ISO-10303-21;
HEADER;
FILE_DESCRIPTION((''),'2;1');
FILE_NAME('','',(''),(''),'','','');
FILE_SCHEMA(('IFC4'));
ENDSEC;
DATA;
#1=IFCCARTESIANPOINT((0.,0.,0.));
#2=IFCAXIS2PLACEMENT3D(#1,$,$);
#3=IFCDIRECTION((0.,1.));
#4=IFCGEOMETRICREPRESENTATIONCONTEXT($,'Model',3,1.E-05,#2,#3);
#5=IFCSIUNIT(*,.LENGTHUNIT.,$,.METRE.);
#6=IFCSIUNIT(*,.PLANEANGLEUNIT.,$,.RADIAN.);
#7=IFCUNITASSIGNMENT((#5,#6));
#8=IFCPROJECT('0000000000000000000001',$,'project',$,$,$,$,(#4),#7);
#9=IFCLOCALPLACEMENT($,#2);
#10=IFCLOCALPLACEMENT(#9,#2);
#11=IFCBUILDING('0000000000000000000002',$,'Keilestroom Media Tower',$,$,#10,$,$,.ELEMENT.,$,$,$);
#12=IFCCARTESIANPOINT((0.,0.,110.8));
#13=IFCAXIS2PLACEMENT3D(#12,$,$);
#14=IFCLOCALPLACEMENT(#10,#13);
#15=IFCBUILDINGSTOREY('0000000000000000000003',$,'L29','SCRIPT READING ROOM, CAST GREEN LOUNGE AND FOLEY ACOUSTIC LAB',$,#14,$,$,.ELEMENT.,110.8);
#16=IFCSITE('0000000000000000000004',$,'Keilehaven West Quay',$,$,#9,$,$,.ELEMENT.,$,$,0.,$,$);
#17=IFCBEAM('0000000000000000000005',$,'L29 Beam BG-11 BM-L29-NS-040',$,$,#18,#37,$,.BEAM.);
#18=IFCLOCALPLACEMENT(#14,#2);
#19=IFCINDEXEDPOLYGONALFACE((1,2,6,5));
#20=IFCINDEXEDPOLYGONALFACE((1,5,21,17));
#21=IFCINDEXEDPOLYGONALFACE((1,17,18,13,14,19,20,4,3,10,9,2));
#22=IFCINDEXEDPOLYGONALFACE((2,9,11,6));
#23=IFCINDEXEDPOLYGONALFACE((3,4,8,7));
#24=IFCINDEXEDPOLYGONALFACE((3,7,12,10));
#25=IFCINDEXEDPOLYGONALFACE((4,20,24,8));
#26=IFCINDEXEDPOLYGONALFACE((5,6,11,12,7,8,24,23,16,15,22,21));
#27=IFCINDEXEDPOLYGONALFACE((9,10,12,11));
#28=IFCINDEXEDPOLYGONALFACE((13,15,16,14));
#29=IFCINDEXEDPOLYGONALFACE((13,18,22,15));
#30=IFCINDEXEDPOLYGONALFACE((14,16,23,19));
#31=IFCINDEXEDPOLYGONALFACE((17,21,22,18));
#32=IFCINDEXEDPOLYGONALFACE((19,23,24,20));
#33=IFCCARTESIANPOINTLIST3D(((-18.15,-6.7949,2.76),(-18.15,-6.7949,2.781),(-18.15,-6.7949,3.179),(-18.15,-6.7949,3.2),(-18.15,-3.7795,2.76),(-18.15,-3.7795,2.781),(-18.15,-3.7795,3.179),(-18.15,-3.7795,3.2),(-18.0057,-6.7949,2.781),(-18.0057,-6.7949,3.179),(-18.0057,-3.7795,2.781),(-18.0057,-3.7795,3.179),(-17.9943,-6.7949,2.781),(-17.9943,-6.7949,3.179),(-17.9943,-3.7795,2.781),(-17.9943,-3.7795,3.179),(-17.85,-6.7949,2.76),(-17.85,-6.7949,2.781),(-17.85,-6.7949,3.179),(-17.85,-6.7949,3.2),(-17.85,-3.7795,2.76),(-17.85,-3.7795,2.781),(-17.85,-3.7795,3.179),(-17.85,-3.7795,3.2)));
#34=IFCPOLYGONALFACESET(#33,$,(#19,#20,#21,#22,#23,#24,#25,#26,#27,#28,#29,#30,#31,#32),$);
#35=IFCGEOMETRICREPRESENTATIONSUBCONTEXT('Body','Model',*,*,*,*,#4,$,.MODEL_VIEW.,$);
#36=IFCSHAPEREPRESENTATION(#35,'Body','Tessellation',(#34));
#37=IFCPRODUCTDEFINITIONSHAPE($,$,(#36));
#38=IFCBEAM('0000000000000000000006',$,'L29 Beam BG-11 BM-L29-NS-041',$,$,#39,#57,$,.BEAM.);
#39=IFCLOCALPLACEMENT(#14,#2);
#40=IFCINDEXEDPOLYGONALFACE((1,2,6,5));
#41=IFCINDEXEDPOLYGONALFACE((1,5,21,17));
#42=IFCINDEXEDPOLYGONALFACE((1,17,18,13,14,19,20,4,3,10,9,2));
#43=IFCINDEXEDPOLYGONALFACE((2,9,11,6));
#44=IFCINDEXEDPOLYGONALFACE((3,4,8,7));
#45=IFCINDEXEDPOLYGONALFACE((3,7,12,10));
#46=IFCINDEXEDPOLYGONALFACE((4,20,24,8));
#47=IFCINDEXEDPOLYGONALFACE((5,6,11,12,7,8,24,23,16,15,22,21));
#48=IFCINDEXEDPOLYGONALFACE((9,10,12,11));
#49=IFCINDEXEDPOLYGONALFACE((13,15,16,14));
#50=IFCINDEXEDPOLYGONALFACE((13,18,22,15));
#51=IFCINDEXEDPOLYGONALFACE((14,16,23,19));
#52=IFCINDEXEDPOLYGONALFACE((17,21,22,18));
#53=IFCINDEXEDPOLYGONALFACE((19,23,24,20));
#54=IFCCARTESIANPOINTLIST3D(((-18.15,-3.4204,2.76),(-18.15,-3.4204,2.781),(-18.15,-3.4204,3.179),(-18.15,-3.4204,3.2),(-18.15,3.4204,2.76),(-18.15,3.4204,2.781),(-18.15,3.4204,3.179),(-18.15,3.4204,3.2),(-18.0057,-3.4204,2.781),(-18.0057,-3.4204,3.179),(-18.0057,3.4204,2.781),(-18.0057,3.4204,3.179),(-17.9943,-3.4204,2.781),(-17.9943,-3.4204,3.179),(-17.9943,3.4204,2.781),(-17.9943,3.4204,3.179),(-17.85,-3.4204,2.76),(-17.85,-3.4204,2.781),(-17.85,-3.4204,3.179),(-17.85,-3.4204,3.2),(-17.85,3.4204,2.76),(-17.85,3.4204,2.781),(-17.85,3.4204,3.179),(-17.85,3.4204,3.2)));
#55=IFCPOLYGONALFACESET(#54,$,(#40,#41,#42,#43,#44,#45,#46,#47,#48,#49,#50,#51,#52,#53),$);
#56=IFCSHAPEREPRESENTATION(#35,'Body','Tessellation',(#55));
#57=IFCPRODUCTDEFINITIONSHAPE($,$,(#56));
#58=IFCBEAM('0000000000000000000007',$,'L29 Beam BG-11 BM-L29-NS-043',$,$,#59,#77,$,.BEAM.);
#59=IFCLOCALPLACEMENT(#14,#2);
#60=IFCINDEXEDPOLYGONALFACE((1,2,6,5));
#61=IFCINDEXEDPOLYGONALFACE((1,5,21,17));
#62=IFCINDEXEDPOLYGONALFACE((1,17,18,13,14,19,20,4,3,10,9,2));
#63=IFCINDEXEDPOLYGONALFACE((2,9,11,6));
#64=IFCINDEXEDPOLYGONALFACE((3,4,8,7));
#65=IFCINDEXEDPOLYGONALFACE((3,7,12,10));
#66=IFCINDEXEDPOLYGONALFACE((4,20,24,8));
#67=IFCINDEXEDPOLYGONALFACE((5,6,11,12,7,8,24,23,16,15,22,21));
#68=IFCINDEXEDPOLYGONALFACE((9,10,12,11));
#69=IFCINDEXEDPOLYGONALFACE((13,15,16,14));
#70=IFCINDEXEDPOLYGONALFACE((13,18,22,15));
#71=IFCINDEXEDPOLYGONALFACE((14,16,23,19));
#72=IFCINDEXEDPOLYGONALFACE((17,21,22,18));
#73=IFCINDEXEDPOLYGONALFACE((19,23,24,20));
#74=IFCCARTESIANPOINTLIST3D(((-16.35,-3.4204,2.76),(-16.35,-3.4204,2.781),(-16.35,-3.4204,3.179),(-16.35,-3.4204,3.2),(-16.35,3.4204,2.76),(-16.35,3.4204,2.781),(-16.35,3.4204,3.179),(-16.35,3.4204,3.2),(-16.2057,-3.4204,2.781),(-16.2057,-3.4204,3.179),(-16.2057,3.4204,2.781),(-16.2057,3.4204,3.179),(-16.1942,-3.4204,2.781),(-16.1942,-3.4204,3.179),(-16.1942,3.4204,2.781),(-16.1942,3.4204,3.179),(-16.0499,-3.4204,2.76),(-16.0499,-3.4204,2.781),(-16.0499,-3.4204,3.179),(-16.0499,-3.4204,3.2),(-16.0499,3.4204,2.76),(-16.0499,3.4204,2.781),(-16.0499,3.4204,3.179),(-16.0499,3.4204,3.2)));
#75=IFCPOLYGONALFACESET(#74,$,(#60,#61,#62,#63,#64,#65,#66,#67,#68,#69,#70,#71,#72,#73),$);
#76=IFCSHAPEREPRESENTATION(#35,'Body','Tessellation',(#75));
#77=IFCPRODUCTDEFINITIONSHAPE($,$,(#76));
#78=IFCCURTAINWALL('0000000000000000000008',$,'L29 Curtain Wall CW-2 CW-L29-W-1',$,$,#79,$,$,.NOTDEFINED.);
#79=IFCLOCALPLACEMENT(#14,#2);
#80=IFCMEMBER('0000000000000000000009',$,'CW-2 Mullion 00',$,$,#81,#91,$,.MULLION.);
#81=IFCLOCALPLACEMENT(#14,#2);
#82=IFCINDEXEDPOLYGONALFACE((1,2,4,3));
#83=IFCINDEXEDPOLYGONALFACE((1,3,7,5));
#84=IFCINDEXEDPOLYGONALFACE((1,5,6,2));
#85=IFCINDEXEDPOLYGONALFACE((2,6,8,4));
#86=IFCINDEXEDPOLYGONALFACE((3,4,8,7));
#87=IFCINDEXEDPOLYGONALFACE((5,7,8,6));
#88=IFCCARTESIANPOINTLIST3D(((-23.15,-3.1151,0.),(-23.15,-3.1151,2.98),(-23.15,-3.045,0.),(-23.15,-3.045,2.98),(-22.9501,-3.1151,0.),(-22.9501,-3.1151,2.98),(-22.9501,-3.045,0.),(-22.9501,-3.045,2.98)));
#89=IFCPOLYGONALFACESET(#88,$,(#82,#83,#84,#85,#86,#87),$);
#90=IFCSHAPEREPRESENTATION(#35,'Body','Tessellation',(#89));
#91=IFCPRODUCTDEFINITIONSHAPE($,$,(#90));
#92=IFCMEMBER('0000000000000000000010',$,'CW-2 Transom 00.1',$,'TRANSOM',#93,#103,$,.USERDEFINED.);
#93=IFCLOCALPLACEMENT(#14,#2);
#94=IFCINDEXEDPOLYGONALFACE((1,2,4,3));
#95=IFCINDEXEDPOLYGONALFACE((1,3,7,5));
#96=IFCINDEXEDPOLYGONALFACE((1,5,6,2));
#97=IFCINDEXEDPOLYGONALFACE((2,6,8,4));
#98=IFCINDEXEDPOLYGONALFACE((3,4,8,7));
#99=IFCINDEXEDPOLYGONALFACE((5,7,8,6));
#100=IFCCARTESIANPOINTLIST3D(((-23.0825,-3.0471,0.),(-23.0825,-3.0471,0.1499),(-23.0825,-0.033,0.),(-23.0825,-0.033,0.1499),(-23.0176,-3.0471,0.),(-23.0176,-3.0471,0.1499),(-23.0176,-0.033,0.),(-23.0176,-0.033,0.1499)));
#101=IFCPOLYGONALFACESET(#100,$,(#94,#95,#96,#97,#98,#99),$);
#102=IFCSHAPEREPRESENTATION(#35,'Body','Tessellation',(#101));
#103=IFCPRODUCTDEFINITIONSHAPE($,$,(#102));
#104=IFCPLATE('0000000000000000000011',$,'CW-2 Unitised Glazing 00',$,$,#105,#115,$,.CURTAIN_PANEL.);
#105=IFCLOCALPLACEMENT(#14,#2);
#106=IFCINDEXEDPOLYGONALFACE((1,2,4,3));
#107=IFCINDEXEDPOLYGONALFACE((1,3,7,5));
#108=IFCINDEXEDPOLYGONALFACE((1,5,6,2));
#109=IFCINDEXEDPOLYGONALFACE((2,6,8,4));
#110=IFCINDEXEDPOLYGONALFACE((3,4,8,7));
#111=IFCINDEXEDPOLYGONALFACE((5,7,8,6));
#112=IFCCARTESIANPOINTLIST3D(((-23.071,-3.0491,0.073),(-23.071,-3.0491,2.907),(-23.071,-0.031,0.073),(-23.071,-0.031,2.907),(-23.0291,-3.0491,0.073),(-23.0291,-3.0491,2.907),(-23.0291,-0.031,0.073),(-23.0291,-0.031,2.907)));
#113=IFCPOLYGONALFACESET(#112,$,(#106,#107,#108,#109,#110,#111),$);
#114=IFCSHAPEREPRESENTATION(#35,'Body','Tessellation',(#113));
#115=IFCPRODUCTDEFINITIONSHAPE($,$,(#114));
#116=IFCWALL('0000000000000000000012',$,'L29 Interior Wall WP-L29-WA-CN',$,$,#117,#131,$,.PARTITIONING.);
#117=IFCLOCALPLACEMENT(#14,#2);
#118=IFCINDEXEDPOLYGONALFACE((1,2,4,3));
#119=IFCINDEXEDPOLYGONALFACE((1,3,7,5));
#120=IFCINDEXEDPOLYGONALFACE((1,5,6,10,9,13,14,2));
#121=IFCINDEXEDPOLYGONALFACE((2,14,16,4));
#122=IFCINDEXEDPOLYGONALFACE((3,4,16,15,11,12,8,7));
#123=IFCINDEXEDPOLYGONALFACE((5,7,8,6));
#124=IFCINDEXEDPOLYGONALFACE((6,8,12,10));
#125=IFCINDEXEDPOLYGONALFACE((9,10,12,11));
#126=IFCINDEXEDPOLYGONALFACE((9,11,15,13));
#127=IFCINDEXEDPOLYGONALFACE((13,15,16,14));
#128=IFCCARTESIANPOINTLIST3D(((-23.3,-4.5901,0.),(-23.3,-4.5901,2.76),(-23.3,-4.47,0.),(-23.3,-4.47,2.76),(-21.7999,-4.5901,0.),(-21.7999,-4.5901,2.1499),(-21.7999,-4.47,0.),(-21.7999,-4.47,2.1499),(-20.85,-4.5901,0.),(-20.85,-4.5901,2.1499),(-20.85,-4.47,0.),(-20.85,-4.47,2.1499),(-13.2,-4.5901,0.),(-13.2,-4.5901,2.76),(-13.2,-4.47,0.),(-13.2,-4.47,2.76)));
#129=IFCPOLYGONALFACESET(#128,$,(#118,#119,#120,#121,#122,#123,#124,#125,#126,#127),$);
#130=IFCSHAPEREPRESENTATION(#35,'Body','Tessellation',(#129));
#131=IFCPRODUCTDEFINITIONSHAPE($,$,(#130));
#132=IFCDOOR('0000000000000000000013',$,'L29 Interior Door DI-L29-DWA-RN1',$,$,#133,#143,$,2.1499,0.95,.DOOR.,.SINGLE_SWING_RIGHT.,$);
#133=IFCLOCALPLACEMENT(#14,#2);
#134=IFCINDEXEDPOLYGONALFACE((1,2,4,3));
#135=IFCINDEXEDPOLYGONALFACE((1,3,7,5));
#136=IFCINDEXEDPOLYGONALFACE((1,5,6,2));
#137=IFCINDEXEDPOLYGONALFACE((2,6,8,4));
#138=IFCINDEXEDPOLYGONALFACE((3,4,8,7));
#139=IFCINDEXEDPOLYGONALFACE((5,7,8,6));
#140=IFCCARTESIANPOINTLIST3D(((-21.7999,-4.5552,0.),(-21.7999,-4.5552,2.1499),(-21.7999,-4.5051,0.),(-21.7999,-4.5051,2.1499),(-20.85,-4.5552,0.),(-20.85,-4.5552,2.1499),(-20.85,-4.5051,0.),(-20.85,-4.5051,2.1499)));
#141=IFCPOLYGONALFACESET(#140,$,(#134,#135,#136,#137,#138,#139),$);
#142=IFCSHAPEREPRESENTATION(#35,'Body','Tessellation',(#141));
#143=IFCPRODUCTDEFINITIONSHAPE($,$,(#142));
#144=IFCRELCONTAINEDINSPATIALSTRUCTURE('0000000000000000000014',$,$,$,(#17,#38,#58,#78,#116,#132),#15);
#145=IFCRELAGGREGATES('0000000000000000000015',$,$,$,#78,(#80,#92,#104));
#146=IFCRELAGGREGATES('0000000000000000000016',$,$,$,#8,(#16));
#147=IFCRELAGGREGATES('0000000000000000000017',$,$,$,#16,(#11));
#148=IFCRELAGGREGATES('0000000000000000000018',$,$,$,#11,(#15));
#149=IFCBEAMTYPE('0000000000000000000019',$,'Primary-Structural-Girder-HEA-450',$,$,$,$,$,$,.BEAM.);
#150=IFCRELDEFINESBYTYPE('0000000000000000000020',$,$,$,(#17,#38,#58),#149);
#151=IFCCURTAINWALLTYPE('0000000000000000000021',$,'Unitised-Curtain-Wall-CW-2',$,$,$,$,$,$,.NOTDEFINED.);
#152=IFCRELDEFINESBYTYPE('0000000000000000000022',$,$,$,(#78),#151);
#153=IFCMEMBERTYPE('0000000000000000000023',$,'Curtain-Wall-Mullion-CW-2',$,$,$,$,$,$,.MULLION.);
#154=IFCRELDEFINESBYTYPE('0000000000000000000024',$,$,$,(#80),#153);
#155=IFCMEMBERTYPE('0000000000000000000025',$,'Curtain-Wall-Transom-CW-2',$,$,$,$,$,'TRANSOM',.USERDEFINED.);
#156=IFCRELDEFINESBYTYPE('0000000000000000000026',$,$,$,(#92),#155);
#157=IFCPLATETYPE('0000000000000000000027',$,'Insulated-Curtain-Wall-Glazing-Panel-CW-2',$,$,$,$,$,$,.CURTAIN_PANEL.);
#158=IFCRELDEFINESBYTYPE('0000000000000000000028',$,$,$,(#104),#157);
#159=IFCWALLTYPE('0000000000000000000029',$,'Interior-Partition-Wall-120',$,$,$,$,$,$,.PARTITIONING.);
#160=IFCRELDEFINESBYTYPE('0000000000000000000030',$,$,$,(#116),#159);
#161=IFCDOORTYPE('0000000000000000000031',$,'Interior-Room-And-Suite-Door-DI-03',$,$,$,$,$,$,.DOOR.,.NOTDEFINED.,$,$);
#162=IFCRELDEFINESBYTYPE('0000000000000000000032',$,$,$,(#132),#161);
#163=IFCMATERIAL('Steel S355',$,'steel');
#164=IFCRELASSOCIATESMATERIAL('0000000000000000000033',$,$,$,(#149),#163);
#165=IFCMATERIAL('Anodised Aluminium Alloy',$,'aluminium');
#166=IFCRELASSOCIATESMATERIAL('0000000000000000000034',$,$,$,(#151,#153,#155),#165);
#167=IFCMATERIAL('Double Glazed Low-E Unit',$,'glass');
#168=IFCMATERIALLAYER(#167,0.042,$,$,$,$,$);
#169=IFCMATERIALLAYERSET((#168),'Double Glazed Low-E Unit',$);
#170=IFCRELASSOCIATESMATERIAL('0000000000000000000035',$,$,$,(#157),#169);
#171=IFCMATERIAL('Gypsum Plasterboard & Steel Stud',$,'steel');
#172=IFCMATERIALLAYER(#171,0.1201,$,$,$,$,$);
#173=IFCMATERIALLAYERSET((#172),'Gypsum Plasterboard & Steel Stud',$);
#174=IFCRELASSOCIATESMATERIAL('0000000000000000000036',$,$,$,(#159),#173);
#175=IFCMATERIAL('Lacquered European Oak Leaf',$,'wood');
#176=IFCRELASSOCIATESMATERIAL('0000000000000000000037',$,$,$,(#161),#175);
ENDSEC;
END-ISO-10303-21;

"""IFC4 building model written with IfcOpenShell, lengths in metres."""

from ifc_helpers import new_model, si_unit, direction, frame, frame_2d, origin, origin_2d, place, context, subcontext, project, spatial, rectangle, i_section, extrude, source, transform, mapped, material, layer, layer_set, material_profile, profile_set, type_object, element, fill, aggregate, save


model = new_model("IFC4")

# Units and contexts
model_context = context("Model", 3, precision=1e-05, world=origin(), true_north=direction((0.0, 1.0)))
body_context = subcontext(model_context, "Body", "Model", "MODEL_VIEW")
ifc_project = project(units=[si_unit("LENGTHUNIT", "METRE"), si_unit("PLANEANGLEUNIT", "RADIAN")], contexts=[model_context])

# Site, building, storey
site_placement = place(None, origin())
site = spatial("IfcSite", under=ifc_project, at=site_placement, Name="Keilehaven West Quay", CompositionType="ELEMENT", RefElevation=0.0)
building_placement = place(site_placement, origin())
building = spatial("IfcBuilding", under=site, at=building_placement, Name="Keilestroom Media Tower", CompositionType="ELEMENT")
storey_placement = place(building_placement, frame((0.0, 0.0, 110.8)))
storey = spatial("IfcBuildingStorey", under=building, at=storey_placement, Name="L29", Description="SCRIPT READING ROOM, CAST GREEN LOUNGE AND FOLEY ACOUSTIC LAB", CompositionType="ELEMENT", Elevation=110.8)

# Shared definitions
ifc_material_1 = material(Name="Steel S355", Category="steel")

# Beams
ifc_material_profile_1 = material_profile(ifc_material_1, i_section(OverallWidth=0.3, OverallDepth=0.4399, WebThickness=0.0115, FlangeThickness=0.021, at=origin_2d()), Name="HEA 450")
ifc_profile_set_1 = profile_set([ifc_material_profile_1], Name="Steel S355")
beam_type_1 = type_object("IfcBeamType", Name="Primary-Structural-Girder-HEA-450", PredefinedType="BEAM", material=ifc_profile_set_1)
shared_shape_1 = source(origin(), body_context, "Body", "SweptSolid", [
    extrude(i_section(OverallWidth=0.3, OverallDepth=0.4399, WebThickness=0.0115, FlangeThickness=0.021, at=origin_2d()), origin(), (0.0, 0.0, 1.0), 3.0154),
])
beam_1_placement = place(storey_placement, frame((-18.0, -6.7949, 2.98), z_axis=(0.0, 1.0, 0.0), x_axis=(-1.0, 0.0, 0.0)))
element("IfcBeam", 1, at=beam_1_placement, inside=storey, type_object=beam_type_1, Name="L29 Beam BG-11 BM-L29-NS-040", PredefinedType="BEAM", context=body_context, shape_type="MappedRepresentation", body=[
    mapped(shared_shape_1, transform((0.0, 0.0, 0.0), x_axis=(1.0, 0.0, 0.0), y_axis=(0.0, 1.0, 0.0), z_axis=(0.0, 0.0, 1.0), scale=1.0)),
])
shared_shape_2 = source(origin(), body_context, "Body", "SweptSolid", [
    extrude(i_section(OverallWidth=0.3, OverallDepth=0.4399, WebThickness=0.0115, FlangeThickness=0.021, at=origin_2d()), origin(), (0.0, 0.0, 1.0), 6.8408),
])
for number, where, z_axis, x_axis, name in (
    (2, (-18.0, -3.4204, 2.98), (0.0, 1.0, 0.0), (-1.0, 0.0, 0.0), "L29 Beam BG-11 BM-L29-NS-041"),
    (3, (-16.2, -3.4204, 2.98), (0.0, 1.0, 0.0), (-1.0, 0.0, 0.0), "L29 Beam BG-11 BM-L29-NS-043"),
):
    element("IfcBeam", number, at=place(storey_placement, frame(where, z_axis=z_axis, x_axis=x_axis)), inside=storey, type_object=beam_type_1, Name=name, PredefinedType="BEAM", context=body_context, shape_type="MappedRepresentation", body=[
        mapped(shared_shape_2, transform((0.0, 0.0, 0.0), x_axis=(1.0, 0.0, 0.0), y_axis=(0.0, 1.0, 0.0), z_axis=(0.0, 0.0, 1.0), scale=1.0)),
    ])

# Curtain wall, members, plate
ifc_material_2 = material(Name="Anodised Aluminium Alloy", Category="aluminium")
curtain_wall_type = type_object("IfcCurtainWallType", Name="Unitised-Curtain-Wall-CW-2", PredefinedType="NOTDEFINED", material=ifc_material_2)
curtain_wall_placement = place(storey_placement, origin())
curtain_wall = element("IfcCurtainWall", 4, at=curtain_wall_placement, inside=storey, type_object=curtain_wall_type, Name="L29 Curtain Wall CW-2 CW-L29-W-1", PredefinedType="NOTDEFINED")
ifc_material_profile_2 = material_profile(ifc_material_2, rectangle(XDim=0.0701, YDim=0.2, at=origin_2d()), Name="ALU MULLION 70x200")
ifc_profile_set_2 = profile_set([ifc_material_profile_2], Name="Anodised Aluminium Alloy")
member_type_1 = type_object("IfcMemberType", Name="Curtain-Wall-Mullion-CW-2", PredefinedType="MULLION", material=ifc_profile_set_2)
shared_shape_3 = source(origin(), body_context, "Body", "SweptSolid", [
    extrude(rectangle(XDim=0.0701, YDim=0.2, at=origin_2d()), origin(), (0.0, 0.0, 1.0), 2.98),
])
member_1_placement = place(storey_placement, frame((-23.05, -3.0801, 0.0), z_axis=(0.0, 0.0, 1.0), x_axis=(0.0, 1.0, 0.0)))
member_1 = element("IfcMember", 5, at=member_1_placement, type_object=member_type_1, Name="CW-2 Mullion 00", PredefinedType="MULLION", context=body_context, shape_type="MappedRepresentation", body=[
    mapped(shared_shape_3, transform((0.0, 0.0, 0.0), x_axis=(1.0, 0.0, 0.0), y_axis=(0.0, 1.0, 0.0), z_axis=(0.0, 0.0, 1.0), scale=1.0)),
])
ifc_material_profile_3 = material_profile(ifc_material_2, rectangle(XDim=0.0649, YDim=0.1499, at=origin_2d()), Name="ALU TRANSOM 65x150")
ifc_profile_set_3 = profile_set([ifc_material_profile_3], Name="Anodised Aluminium Alloy")
member_type_2 = type_object("IfcMemberType", Name="Curtain-Wall-Transom-CW-2", ElementType="TRANSOM", PredefinedType="USERDEFINED", material=ifc_profile_set_3)
shared_shape_4 = source(origin(), body_context, "Body", "SweptSolid", [
    extrude(rectangle(XDim=0.0649, YDim=0.1499, at=origin_2d()), origin(), (0.0, 0.0, 1.0), 3.0142),
])
member_2_placement = place(storey_placement, frame((-23.05, -3.0471, 0.075), z_axis=(0.0, 1.0, 0.0), x_axis=(-1.0, 0.0, 0.0)))
member_2 = element("IfcMember", 6, at=member_2_placement, type_object=member_type_2, Name="CW-2 Transom 00.1", ObjectType="TRANSOM", PredefinedType="USERDEFINED", context=body_context, shape_type="MappedRepresentation", body=[
    mapped(shared_shape_4, transform((0.0, 0.0, 0.0), x_axis=(1.0, 0.0, 0.0), y_axis=(0.0, 1.0, 0.0), z_axis=(0.0, 0.0, 1.0), scale=1.0)),
])
ifc_material_3 = material(Name="Double Glazed Low-E Unit", Category="glass")
ifc_layer_1 = layer(ifc_material_3, 0.042)
ifc_layer_set_1 = layer_set([ifc_layer_1], Name="Double Glazed Low-E Unit")
plate_type = type_object("IfcPlateType", Name="Insulated-Curtain-Wall-Glazing-Panel-CW-2", PredefinedType="CURTAIN_PANEL", material=ifc_layer_set_1)
shared_shape_5 = source(origin(), body_context, "Body", "SweptSolid", [
    extrude(rectangle(XDim=3.0181, YDim=0.042, at=origin_2d()), origin(), (0.0, 0.0, 1.0), 2.834),
])
plate_placement = place(storey_placement, frame((-23.05, -1.54, 0.073), z_axis=(0.0, 0.0, 1.0), x_axis=(0.0, 1.0, 0.0)))
plate = element("IfcPlate", 7, at=plate_placement, type_object=plate_type, Name="CW-2 Unitised Glazing 00", PredefinedType="CURTAIN_PANEL", context=body_context, shape_type="MappedRepresentation", body=[
    mapped(shared_shape_5, transform((0.0, 0.0, 0.0), x_axis=(1.0, 0.0, 0.0), y_axis=(0.0, 1.0, 0.0), z_axis=(0.0, 0.0, 1.0), scale=1.0)),
])
aggregate(curtain_wall, [member_1, member_2, plate])

# Wall, opening, door
ifc_material_4 = material(Name="Gypsum Plasterboard & Steel Stud", Category="steel")
ifc_layer_2 = layer(ifc_material_4, 0.1201)
ifc_layer_set_2 = layer_set([ifc_layer_2], Name="Gypsum Plasterboard & Steel Stud")
wall_type_1 = type_object("IfcWallType", Name="Interior-Partition-Wall-120", PredefinedType="PARTITIONING", material=ifc_layer_set_2)
wall_1_placement = place(storey_placement, frame((-23.3, -4.53, 0.0), z_axis=(0.0, 0.0, 1.0), x_axis=(1.0, 0.0, 0.0)))
wall_1 = element("IfcWall", 8, at=wall_1_placement, inside=storey, type_object=wall_type_1, Name="L29 Interior Wall WP-L29-WA-CN", PredefinedType="PARTITIONING", context=body_context, shape_type="SweptSolid", body=[
    extrude(rectangle(XDim=10.1001, YDim=0.1201, at=frame_2d((5.05, 0.0))), origin(), (0.0, 0.0, 1.0), 2.76),
])
opening_1_placement = place(wall_1_placement, frame((1.5, 0.0, 0.0)))
opening_1 = element("IfcOpeningElement", 9, at=opening_1_placement, cuts=wall_1, PredefinedType="OPENING", context=body_context, shape_type="SweptSolid", body=[
    extrude(rectangle(XDim=0.95, YDim=2.1499, at=frame_2d((0.4751, 1.075))), frame((0.0, 0.0701, 0.0), z_axis=(0.0, -1.0, 0.0), x_axis=(1.0, 0.0, 0.0)), (0.0, 0.0, 1.0), 0.1401),
])
ifc_material_5 = material(Name="Lacquered European Oak Leaf", Category="wood")
door_type = type_object("IfcDoorType", Name="Interior-Room-And-Suite-Door-DI-03", OperationType="NOTDEFINED", PredefinedType="DOOR", material=ifc_material_5)
shared_shape_6 = source(origin(), body_context, "Body", "SweptSolid", [
    extrude(rectangle(XDim=0.95, YDim=2.1499, at=frame_2d((0.4751, 1.075))), frame((0.0, 0.0249, 0.0), z_axis=(0.0, -1.0, 0.0), x_axis=(1.0, 0.0, 0.0)), (0.0, 0.0, 1.0), 0.05),
])
door_1_placement = place(opening_1_placement, origin())
door_1 = element("IfcDoor", 10, at=door_1_placement, inside=storey, type_object=door_type, Name="L29 Interior Door DI-L29-DWA-RN1", OperationType="SINGLE_SWING_RIGHT", OverallHeight=2.1499, OverallWidth=0.95, PredefinedType="DOOR", context=body_context, shape_type="MappedRepresentation", body=[
    mapped(shared_shape_6, transform((0.0, 0.0, 0.0), x_axis=(1.0, 0.0, 0.0), y_axis=(0.0, 1.0, 0.0), z_axis=(0.0, 0.0, 1.0), scale=1.0)),
])
fill(opening_1, door_1)

save(model, "model.ifc")
